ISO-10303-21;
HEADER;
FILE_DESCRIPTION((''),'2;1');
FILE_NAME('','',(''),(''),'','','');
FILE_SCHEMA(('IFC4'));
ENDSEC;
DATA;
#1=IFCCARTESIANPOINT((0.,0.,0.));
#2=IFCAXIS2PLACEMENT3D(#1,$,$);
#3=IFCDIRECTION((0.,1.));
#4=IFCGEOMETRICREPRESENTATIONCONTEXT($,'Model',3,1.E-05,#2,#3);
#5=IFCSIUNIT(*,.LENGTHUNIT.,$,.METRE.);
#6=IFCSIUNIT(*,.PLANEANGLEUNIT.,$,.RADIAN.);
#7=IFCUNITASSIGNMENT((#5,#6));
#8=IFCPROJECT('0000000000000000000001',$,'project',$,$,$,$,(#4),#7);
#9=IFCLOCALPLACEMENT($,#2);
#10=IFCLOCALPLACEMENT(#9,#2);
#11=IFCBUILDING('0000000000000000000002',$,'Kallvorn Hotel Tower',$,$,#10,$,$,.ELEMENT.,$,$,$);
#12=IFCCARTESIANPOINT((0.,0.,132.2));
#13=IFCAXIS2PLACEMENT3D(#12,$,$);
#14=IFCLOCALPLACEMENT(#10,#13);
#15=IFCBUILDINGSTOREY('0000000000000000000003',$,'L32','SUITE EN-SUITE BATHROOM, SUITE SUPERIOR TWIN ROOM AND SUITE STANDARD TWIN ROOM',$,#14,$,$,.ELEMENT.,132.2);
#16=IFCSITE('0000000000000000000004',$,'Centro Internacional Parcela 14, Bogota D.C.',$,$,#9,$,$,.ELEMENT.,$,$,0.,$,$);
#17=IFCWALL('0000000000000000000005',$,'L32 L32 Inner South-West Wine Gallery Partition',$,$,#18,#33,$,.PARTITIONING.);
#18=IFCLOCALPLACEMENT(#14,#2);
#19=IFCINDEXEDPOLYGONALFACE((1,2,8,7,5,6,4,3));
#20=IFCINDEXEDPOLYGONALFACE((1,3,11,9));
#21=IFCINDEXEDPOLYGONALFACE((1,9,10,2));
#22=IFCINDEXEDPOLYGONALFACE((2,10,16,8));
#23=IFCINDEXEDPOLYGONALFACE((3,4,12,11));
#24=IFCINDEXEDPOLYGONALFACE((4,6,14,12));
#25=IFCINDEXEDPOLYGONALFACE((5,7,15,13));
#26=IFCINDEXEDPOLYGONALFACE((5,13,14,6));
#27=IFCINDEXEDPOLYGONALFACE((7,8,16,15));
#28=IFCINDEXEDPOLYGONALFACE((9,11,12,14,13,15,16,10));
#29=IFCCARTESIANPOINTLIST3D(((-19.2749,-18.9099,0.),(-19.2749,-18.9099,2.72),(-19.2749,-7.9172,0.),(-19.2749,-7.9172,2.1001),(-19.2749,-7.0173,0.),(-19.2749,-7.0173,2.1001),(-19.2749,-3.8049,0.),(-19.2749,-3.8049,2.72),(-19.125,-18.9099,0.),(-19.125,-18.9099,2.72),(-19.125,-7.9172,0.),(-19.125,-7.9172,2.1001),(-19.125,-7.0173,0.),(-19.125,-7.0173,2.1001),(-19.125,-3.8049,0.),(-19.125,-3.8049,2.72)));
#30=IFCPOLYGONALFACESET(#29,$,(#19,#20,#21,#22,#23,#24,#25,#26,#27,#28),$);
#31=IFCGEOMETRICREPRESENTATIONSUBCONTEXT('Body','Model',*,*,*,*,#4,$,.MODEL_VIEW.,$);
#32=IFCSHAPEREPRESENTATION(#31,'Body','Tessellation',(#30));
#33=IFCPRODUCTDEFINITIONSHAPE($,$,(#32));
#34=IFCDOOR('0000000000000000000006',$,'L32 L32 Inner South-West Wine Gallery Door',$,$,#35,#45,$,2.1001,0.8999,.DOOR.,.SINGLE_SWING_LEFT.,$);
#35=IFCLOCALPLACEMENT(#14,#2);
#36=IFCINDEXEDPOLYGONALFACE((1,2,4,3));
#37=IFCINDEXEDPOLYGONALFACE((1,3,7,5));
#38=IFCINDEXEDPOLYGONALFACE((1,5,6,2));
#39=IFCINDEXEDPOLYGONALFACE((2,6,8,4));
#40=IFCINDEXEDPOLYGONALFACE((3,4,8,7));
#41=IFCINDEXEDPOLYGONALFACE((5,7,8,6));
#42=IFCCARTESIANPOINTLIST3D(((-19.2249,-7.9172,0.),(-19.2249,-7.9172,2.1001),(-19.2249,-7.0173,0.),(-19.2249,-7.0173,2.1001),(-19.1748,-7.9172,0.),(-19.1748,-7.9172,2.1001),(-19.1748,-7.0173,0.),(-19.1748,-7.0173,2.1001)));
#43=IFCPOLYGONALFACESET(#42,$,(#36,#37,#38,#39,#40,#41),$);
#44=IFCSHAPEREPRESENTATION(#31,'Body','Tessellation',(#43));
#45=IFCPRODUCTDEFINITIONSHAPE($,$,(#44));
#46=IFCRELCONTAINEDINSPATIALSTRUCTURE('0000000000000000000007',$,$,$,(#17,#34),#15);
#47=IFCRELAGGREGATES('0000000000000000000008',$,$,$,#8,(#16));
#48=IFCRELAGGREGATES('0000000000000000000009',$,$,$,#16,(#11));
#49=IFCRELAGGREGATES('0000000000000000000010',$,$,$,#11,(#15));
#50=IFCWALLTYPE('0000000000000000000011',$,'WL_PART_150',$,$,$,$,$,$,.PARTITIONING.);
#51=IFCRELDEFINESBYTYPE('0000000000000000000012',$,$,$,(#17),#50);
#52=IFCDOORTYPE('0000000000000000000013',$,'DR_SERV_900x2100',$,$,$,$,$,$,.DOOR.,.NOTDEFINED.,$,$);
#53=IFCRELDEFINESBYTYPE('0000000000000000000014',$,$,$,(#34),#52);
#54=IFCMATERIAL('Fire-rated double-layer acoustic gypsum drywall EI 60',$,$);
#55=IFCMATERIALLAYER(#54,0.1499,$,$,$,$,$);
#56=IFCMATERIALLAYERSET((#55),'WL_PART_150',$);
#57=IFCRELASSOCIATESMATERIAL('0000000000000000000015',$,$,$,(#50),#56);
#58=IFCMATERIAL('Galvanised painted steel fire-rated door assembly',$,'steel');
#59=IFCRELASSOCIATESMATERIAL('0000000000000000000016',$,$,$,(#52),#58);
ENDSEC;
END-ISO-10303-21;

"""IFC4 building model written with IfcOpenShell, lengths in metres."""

from ifc_helpers import new_model, si_unit, direction, frame, frame_2d, origin, place, context, subcontext, project, spatial, rectangle, extrude, material, layer, layer_set, type_object, element, fill, save


model = new_model("IFC4")

# Units and contexts
model_context = context("Model", 3, precision=1e-05, world=origin(), true_north=direction((0.0, 1.0)))
body_context = subcontext(model_context, "Body", "Model", "MODEL_VIEW")
ifc_project = project(units=[si_unit("LENGTHUNIT", "METRE"), si_unit("PLANEANGLEUNIT", "RADIAN")], contexts=[model_context])

# Site, building, storey
site_placement = place(None, origin())
site = spatial("IfcSite", under=ifc_project, at=site_placement, Name="Centro Internacional Parcela 14, Bogota D.C.", CompositionType="ELEMENT", RefElevation=0.0)
building_placement = place(site_placement, origin())
building = spatial("IfcBuilding", under=site, at=building_placement, Name="Kallvorn Hotel Tower", CompositionType="ELEMENT")
storey_placement = place(building_placement, frame((0.0, 0.0, 132.2)))
storey = spatial("IfcBuildingStorey", under=building, at=storey_placement, Name="L32", Description="SUITE EN-SUITE BATHROOM, SUITE SUPERIOR TWIN ROOM AND SUITE STANDARD TWIN ROOM", CompositionType="ELEMENT", Elevation=132.2)

# Shared definitions
ifc_material_1 = material(Name="Fire-rated double-layer acoustic gypsum drywall EI 60")
ifc_layer_1 = layer(ifc_material_1, 0.1499)
ifc_layer_set_1 = layer_set([ifc_layer_1], Name="WL_PART_150")
wall_type_1 = type_object("IfcWallType", Name="WL_PART_150", PredefinedType="PARTITIONING", material=ifc_layer_set_1)

# Wall, opening, door
wall_1_placement = place(storey_placement, frame((-19.2, -18.9099, 0.0), z_axis=(0.0, 0.0, 1.0), x_axis=(0.0, 1.0, 0.0)))
wall_1 = element("IfcWall", 1, at=wall_1_placement, inside=storey, type_object=wall_type_1, Name="L32 L32 Inner South-West Wine Gallery Partition", PredefinedType="PARTITIONING", context=body_context, shape_type="SweptSolid", body=[
    extrude(rectangle(XDim=15.105, YDim=0.1499, at=frame_2d((7.5525, 0.0))), origin(), (0.0, 0.0, 1.0), 2.72),
])
opening_1_placement = place(wall_1_placement, frame((10.9927, 0.0, 0.0)))
opening_1 = element("IfcOpeningElement", 2, at=opening_1_placement, cuts=wall_1, PredefinedType="OPENING", context=body_context, shape_type="SweptSolid", body=[
    extrude(rectangle(XDim=0.8999, YDim=2.1001, at=frame_2d((0.45, 1.05))), frame((0.0, 0.0898, 0.0), z_axis=(0.0, -1.0, 0.0), x_axis=(1.0, 0.0, 0.0)), (0.0, 0.0, 1.0), 0.1799),
])
ifc_material_2 = material(Name="Galvanised painted steel fire-rated door assembly", Category="steel")
door_type = type_object("IfcDoorType", Name="DR_SERV_900x2100", OperationType="NOTDEFINED", PredefinedType="DOOR", material=ifc_material_2)
door_placement = place(opening_1_placement, origin())
door = element("IfcDoor", 3, at=door_placement, inside=storey, type_object=door_type, Name="L32 L32 Inner South-West Wine Gallery Door", OperationType="SINGLE_SWING_LEFT", OverallHeight=2.1001, OverallWidth=0.8999, PredefinedType="DOOR", context=body_context, shape_type="SweptSolid", body=[
    extrude(rectangle(XDim=0.8999, YDim=2.1001, at=frame_2d((0.45, 1.05))), frame((0.0, 0.0249, 0.0), z_axis=(0.0, -1.0, 0.0), x_axis=(1.0, 0.0, 0.0)), (0.0, 0.0, 1.0), 0.05),
])
fill(opening_1, door)

save(model, "model.ifc")
